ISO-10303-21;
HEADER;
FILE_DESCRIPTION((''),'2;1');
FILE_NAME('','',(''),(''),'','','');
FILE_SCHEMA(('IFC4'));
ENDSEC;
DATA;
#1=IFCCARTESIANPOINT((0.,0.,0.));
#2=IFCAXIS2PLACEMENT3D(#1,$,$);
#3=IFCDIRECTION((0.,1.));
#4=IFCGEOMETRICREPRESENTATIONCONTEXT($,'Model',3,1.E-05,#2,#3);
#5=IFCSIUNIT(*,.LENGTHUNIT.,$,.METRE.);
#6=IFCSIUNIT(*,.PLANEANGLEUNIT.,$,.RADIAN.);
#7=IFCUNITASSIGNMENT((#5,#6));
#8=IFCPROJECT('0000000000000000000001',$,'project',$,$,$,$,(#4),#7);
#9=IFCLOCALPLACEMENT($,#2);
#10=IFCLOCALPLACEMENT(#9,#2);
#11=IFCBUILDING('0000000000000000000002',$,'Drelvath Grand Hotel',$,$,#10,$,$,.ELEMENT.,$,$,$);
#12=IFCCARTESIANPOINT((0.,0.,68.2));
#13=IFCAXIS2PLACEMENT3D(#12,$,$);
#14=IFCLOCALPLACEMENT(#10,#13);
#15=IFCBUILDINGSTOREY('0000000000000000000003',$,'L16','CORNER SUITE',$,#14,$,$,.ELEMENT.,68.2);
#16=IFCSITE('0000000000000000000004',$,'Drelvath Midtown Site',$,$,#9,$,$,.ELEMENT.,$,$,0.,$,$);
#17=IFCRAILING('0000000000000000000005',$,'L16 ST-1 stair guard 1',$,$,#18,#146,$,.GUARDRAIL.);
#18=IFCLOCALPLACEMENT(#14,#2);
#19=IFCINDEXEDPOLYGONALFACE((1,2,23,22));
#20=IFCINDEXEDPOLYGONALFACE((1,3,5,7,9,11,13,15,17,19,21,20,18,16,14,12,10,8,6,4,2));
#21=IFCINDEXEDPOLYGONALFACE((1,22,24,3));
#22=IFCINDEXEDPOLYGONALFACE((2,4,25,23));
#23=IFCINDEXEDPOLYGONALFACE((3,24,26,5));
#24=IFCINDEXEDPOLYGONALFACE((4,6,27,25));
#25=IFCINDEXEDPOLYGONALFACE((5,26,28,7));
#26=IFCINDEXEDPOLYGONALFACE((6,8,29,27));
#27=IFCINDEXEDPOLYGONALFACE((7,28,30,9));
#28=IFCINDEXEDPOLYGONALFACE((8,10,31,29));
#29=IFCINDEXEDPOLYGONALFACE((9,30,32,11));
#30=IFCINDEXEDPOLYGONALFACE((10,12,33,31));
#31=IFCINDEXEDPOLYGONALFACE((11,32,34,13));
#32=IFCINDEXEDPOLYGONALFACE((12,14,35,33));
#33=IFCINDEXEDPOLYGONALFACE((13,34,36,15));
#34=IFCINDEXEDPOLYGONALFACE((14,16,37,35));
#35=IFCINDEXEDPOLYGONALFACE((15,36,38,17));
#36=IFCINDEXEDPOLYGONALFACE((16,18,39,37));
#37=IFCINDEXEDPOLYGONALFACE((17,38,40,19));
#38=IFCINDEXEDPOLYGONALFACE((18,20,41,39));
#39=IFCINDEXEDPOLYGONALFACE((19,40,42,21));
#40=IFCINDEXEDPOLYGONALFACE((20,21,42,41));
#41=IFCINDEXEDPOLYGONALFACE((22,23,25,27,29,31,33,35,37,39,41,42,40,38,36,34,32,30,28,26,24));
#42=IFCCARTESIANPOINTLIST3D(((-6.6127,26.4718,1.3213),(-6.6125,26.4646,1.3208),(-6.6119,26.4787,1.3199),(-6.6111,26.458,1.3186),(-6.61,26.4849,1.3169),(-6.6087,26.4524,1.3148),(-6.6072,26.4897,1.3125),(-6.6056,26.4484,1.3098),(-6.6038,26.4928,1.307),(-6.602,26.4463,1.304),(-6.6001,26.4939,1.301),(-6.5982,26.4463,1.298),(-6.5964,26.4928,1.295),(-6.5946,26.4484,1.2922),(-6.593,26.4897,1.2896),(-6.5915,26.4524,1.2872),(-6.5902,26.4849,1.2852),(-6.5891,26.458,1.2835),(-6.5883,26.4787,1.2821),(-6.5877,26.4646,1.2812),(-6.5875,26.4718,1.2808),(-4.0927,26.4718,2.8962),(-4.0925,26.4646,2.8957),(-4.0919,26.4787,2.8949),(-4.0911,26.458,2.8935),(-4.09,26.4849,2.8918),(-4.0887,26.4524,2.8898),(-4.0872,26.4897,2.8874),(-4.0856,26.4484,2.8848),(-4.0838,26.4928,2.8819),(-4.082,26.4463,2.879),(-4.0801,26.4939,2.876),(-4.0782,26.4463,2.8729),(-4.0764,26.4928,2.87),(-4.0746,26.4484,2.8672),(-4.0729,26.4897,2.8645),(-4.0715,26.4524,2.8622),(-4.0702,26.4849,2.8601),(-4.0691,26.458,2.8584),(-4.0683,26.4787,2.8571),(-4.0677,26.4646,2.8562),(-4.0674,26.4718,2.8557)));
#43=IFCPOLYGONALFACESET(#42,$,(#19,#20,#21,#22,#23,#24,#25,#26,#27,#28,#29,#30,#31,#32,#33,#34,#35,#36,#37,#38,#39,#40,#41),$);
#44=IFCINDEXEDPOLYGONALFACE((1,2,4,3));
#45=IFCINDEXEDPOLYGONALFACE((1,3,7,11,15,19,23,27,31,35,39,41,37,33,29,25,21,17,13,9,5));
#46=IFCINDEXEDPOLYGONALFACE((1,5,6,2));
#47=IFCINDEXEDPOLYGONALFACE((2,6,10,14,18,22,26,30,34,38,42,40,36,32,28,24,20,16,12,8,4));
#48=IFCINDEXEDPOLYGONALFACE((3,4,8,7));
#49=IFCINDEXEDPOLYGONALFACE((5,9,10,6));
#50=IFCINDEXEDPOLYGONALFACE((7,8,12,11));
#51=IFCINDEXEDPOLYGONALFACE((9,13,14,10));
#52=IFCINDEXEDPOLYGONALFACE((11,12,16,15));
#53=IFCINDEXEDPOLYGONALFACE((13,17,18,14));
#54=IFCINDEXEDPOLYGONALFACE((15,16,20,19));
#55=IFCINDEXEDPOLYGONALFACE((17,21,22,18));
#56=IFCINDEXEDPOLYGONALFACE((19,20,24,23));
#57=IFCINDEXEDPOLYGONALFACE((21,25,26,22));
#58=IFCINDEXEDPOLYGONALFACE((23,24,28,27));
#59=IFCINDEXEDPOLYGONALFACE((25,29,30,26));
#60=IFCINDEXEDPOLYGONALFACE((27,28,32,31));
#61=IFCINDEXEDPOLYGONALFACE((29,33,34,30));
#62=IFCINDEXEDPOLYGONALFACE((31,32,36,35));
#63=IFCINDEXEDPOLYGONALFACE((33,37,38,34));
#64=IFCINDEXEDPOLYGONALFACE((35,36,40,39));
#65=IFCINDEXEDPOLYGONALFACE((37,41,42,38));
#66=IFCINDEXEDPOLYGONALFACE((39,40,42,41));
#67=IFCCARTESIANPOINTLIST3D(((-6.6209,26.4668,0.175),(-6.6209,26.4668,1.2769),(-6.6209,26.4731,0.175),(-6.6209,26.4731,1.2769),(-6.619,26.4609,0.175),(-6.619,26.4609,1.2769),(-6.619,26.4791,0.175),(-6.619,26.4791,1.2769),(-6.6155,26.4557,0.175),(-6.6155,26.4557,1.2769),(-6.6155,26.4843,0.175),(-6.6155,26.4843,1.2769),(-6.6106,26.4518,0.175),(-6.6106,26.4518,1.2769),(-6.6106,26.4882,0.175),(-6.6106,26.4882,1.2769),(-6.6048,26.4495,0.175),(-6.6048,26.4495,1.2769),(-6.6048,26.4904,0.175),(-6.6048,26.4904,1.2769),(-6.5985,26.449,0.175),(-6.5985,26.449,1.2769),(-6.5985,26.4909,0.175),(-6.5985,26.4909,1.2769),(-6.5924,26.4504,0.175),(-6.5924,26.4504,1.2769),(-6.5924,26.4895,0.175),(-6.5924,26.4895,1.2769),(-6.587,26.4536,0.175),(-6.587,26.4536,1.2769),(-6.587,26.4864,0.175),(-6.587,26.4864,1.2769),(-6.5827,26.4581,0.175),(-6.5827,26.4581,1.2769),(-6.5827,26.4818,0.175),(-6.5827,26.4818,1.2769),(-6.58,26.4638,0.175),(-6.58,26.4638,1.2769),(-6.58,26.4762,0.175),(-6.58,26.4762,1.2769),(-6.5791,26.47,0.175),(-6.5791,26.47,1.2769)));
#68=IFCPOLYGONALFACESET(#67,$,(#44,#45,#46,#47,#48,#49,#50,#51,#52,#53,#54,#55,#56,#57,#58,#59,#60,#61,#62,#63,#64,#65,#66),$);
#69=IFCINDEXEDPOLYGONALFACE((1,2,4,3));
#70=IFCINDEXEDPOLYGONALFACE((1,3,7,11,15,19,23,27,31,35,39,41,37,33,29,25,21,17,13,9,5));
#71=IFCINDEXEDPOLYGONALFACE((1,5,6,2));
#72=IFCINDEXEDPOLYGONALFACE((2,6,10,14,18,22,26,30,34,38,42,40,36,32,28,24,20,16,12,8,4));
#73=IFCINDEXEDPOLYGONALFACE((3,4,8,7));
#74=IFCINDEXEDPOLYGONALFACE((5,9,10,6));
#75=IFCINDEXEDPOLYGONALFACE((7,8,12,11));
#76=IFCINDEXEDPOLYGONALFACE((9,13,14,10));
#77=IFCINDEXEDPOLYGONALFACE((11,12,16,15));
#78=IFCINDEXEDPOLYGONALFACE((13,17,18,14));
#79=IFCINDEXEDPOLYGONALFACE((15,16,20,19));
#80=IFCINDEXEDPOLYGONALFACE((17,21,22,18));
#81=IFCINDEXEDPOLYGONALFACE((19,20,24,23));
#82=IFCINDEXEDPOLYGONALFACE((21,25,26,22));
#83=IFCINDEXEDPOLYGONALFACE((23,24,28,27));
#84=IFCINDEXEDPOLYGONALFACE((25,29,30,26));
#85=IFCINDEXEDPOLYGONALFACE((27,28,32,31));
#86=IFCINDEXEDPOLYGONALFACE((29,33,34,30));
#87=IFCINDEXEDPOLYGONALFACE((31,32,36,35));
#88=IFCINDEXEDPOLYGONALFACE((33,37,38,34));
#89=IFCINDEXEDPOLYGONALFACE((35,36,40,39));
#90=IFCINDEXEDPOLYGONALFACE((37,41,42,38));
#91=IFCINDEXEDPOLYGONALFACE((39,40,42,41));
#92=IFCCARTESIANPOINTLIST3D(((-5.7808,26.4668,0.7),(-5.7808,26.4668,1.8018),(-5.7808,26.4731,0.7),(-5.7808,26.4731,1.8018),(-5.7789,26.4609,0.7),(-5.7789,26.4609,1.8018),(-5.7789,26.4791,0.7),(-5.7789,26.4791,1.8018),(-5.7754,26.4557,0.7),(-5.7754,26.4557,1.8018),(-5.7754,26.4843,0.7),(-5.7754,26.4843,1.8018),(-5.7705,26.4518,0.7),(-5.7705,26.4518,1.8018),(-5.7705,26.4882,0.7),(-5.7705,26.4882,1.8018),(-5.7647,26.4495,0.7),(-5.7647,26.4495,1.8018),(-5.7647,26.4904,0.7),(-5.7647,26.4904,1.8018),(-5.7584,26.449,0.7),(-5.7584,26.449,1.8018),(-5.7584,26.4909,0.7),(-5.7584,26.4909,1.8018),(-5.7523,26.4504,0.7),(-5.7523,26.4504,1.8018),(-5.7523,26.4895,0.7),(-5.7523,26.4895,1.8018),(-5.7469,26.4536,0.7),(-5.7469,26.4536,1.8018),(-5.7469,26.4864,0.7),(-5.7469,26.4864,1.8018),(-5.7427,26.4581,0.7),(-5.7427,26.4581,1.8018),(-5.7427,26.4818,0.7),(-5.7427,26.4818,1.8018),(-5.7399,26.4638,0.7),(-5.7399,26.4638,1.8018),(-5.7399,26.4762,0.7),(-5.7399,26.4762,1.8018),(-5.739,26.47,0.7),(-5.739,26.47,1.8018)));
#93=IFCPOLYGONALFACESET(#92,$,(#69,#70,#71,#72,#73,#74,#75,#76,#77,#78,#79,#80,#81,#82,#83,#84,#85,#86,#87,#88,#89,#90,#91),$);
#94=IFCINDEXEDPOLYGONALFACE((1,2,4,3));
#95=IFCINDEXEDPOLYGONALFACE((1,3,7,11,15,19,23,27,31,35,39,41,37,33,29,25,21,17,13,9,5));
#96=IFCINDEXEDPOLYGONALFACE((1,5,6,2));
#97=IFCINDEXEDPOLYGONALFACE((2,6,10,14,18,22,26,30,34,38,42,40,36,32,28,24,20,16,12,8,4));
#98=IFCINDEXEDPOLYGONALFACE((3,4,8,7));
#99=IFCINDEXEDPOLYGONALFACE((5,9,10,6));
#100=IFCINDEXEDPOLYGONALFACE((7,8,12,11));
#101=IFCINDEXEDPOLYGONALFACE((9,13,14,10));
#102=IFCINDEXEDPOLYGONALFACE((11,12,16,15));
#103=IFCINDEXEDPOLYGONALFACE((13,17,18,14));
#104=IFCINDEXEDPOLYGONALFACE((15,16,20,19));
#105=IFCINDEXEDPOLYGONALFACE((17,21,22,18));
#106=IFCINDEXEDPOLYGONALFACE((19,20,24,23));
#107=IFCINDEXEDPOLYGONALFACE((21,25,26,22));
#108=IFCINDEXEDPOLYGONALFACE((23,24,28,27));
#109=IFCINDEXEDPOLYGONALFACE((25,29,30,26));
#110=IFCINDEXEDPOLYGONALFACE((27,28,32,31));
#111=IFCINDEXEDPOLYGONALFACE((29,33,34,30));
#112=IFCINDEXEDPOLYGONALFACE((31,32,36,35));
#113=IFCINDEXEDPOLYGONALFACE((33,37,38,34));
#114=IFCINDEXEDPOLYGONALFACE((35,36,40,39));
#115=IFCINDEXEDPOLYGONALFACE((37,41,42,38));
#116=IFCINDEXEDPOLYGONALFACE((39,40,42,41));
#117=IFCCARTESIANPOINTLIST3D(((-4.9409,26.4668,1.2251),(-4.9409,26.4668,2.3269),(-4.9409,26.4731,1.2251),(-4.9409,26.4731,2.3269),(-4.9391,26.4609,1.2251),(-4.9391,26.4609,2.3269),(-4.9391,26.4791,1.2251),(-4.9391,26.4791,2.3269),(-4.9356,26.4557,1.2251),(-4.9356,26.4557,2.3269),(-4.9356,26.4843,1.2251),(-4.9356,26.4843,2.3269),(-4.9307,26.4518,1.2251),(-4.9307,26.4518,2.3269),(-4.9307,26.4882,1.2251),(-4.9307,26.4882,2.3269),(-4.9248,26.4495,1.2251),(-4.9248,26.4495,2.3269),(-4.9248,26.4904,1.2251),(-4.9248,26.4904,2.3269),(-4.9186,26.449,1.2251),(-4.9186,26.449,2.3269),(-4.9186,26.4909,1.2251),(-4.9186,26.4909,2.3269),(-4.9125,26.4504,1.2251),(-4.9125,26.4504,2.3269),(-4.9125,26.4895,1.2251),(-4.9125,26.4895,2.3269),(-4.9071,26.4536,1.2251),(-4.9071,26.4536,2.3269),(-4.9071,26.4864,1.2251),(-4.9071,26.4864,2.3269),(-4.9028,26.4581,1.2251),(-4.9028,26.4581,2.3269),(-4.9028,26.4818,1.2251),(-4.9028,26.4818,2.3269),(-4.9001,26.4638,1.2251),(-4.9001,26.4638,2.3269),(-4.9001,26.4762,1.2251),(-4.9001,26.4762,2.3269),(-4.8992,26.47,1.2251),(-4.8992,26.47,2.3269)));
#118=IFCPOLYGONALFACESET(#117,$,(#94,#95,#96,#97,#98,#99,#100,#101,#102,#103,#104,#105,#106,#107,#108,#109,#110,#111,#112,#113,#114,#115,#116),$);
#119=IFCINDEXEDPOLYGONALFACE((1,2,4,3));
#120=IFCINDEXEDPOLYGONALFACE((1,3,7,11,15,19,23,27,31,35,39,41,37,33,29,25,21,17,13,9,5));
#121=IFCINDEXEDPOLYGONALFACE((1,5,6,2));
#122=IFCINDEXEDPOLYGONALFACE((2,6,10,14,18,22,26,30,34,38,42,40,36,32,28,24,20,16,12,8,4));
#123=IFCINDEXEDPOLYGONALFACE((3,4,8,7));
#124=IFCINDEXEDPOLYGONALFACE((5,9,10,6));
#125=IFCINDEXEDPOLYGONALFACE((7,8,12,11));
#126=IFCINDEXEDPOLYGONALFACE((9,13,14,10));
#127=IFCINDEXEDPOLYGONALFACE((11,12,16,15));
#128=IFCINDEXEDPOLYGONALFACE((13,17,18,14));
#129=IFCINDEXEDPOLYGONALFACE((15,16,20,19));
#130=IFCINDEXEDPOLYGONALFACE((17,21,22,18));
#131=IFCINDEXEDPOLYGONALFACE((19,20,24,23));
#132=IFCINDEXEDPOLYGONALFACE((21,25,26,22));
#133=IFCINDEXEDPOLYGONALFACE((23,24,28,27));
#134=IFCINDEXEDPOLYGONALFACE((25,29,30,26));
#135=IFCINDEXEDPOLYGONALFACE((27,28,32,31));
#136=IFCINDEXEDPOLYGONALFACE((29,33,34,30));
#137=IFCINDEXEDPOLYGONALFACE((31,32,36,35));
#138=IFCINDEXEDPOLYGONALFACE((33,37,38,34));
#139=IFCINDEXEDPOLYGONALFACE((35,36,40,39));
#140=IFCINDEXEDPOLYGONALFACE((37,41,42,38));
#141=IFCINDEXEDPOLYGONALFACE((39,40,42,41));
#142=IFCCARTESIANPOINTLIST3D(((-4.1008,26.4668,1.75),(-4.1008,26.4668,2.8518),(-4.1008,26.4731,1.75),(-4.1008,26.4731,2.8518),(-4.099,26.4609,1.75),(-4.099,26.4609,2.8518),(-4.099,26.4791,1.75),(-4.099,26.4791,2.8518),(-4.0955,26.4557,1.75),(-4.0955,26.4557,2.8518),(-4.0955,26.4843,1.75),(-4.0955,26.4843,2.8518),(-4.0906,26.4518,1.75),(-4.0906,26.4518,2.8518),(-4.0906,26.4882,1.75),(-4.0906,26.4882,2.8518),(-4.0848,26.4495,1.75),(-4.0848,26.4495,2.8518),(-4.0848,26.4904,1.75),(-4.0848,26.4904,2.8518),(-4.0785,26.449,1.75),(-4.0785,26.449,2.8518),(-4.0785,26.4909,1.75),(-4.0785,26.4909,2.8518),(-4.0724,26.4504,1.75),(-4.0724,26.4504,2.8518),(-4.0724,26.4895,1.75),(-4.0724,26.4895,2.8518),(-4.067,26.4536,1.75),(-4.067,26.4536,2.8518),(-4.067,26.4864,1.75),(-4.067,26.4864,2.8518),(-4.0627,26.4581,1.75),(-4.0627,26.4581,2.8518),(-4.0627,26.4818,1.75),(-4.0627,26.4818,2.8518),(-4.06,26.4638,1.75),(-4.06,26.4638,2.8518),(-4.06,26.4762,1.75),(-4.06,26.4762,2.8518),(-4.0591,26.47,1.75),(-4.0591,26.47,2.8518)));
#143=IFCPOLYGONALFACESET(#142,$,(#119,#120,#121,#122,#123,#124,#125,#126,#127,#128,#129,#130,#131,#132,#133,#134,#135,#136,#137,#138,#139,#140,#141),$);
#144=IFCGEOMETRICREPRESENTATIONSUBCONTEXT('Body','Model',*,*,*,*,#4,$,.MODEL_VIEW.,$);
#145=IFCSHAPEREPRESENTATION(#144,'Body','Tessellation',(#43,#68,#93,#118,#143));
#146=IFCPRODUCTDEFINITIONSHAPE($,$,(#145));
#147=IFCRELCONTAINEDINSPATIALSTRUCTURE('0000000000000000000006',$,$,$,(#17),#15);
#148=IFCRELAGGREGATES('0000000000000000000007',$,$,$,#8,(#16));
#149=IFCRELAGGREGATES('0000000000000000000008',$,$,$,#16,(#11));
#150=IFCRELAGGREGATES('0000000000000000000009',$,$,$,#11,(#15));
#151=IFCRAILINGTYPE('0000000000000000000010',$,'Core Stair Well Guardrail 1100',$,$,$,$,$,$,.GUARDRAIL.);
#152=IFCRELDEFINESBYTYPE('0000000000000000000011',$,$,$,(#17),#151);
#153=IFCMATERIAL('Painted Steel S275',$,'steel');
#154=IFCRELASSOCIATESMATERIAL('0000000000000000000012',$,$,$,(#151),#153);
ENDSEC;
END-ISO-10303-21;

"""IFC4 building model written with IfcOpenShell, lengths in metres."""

from ifc_helpers import new_model, si_unit, direction, frame, origin, origin_2d, place, context, subcontext, project, spatial, circle, extrude, material, type_object, element, save


model = new_model("IFC4")

# Units and contexts
model_context = context("Model", 3, precision=1e-05, world=origin(), true_north=direction((0.0, 1.0)))
body_context = subcontext(model_context, "Body", "Model", "MODEL_VIEW")
ifc_project = project(units=[si_unit("LENGTHUNIT", "METRE"), si_unit("PLANEANGLEUNIT", "RADIAN")], contexts=[model_context])

# Site, building, storey
site_placement = place(None, origin())
site = spatial("IfcSite", under=ifc_project, at=site_placement, Name="Drelvath Midtown Site", CompositionType="ELEMENT", RefElevation=0.0)
building_placement = place(site_placement, origin())
building = spatial("IfcBuilding", under=site, at=building_placement, Name="Drelvath Grand Hotel", CompositionType="ELEMENT")
storey_placement = place(building_placement, frame((0.0, 0.0, 68.2)))
storey = spatial("IfcBuildingStorey", under=building, at=storey_placement, Name="L16", Description="CORNER SUITE", CompositionType="ELEMENT", Elevation=68.2)

# Shared definitions
ifc_material_1 = material(Name="Painted Steel S275", Category="steel")

# Railing
railing_type_1 = type_object("IfcRailingType", Name="Core Stair Well Guardrail 1100", PredefinedType="GUARDRAIL", material=ifc_material_1)
railing_1_placement = place(storey_placement, frame((-6.6001, 26.47, 0.175)))
element("IfcRailing", 1, at=railing_1_placement, inside=storey, type_object=railing_type_1, Name="L16 ST-1 stair guard 1", PredefinedType="GUARDRAIL", context=body_context, shape_type="SweptSolid", body=[
    extrude(circle(Radius=0.0239, at=origin_2d()), frame((0.0, 0.0, 1.126), z_axis=(0.848008, 0.0, 0.529984), x_axis=(0.0, 1.0, 0.0)), (0.0, 0.0, 1.0), 2.9717),
    extrude(circle(Radius=0.021, at=origin_2d()), origin(), (0.0, 0.0, 1.0), 1.1018),
    extrude(circle(Radius=0.021, at=origin_2d()), frame((0.8401, 0.0, 0.5249)), (0.0, 0.0, 1.0), 1.1018),
    extrude(circle(Radius=0.021, at=origin_2d()), frame((1.6799, 0.0, 1.05)), (0.0, 0.0, 1.0), 1.1018),
    extrude(circle(Radius=0.021, at=origin_2d()), frame((2.52, 0.0, 1.575)), (0.0, 0.0, 1.0), 1.1018),
])

save(model, "model.ifc")
